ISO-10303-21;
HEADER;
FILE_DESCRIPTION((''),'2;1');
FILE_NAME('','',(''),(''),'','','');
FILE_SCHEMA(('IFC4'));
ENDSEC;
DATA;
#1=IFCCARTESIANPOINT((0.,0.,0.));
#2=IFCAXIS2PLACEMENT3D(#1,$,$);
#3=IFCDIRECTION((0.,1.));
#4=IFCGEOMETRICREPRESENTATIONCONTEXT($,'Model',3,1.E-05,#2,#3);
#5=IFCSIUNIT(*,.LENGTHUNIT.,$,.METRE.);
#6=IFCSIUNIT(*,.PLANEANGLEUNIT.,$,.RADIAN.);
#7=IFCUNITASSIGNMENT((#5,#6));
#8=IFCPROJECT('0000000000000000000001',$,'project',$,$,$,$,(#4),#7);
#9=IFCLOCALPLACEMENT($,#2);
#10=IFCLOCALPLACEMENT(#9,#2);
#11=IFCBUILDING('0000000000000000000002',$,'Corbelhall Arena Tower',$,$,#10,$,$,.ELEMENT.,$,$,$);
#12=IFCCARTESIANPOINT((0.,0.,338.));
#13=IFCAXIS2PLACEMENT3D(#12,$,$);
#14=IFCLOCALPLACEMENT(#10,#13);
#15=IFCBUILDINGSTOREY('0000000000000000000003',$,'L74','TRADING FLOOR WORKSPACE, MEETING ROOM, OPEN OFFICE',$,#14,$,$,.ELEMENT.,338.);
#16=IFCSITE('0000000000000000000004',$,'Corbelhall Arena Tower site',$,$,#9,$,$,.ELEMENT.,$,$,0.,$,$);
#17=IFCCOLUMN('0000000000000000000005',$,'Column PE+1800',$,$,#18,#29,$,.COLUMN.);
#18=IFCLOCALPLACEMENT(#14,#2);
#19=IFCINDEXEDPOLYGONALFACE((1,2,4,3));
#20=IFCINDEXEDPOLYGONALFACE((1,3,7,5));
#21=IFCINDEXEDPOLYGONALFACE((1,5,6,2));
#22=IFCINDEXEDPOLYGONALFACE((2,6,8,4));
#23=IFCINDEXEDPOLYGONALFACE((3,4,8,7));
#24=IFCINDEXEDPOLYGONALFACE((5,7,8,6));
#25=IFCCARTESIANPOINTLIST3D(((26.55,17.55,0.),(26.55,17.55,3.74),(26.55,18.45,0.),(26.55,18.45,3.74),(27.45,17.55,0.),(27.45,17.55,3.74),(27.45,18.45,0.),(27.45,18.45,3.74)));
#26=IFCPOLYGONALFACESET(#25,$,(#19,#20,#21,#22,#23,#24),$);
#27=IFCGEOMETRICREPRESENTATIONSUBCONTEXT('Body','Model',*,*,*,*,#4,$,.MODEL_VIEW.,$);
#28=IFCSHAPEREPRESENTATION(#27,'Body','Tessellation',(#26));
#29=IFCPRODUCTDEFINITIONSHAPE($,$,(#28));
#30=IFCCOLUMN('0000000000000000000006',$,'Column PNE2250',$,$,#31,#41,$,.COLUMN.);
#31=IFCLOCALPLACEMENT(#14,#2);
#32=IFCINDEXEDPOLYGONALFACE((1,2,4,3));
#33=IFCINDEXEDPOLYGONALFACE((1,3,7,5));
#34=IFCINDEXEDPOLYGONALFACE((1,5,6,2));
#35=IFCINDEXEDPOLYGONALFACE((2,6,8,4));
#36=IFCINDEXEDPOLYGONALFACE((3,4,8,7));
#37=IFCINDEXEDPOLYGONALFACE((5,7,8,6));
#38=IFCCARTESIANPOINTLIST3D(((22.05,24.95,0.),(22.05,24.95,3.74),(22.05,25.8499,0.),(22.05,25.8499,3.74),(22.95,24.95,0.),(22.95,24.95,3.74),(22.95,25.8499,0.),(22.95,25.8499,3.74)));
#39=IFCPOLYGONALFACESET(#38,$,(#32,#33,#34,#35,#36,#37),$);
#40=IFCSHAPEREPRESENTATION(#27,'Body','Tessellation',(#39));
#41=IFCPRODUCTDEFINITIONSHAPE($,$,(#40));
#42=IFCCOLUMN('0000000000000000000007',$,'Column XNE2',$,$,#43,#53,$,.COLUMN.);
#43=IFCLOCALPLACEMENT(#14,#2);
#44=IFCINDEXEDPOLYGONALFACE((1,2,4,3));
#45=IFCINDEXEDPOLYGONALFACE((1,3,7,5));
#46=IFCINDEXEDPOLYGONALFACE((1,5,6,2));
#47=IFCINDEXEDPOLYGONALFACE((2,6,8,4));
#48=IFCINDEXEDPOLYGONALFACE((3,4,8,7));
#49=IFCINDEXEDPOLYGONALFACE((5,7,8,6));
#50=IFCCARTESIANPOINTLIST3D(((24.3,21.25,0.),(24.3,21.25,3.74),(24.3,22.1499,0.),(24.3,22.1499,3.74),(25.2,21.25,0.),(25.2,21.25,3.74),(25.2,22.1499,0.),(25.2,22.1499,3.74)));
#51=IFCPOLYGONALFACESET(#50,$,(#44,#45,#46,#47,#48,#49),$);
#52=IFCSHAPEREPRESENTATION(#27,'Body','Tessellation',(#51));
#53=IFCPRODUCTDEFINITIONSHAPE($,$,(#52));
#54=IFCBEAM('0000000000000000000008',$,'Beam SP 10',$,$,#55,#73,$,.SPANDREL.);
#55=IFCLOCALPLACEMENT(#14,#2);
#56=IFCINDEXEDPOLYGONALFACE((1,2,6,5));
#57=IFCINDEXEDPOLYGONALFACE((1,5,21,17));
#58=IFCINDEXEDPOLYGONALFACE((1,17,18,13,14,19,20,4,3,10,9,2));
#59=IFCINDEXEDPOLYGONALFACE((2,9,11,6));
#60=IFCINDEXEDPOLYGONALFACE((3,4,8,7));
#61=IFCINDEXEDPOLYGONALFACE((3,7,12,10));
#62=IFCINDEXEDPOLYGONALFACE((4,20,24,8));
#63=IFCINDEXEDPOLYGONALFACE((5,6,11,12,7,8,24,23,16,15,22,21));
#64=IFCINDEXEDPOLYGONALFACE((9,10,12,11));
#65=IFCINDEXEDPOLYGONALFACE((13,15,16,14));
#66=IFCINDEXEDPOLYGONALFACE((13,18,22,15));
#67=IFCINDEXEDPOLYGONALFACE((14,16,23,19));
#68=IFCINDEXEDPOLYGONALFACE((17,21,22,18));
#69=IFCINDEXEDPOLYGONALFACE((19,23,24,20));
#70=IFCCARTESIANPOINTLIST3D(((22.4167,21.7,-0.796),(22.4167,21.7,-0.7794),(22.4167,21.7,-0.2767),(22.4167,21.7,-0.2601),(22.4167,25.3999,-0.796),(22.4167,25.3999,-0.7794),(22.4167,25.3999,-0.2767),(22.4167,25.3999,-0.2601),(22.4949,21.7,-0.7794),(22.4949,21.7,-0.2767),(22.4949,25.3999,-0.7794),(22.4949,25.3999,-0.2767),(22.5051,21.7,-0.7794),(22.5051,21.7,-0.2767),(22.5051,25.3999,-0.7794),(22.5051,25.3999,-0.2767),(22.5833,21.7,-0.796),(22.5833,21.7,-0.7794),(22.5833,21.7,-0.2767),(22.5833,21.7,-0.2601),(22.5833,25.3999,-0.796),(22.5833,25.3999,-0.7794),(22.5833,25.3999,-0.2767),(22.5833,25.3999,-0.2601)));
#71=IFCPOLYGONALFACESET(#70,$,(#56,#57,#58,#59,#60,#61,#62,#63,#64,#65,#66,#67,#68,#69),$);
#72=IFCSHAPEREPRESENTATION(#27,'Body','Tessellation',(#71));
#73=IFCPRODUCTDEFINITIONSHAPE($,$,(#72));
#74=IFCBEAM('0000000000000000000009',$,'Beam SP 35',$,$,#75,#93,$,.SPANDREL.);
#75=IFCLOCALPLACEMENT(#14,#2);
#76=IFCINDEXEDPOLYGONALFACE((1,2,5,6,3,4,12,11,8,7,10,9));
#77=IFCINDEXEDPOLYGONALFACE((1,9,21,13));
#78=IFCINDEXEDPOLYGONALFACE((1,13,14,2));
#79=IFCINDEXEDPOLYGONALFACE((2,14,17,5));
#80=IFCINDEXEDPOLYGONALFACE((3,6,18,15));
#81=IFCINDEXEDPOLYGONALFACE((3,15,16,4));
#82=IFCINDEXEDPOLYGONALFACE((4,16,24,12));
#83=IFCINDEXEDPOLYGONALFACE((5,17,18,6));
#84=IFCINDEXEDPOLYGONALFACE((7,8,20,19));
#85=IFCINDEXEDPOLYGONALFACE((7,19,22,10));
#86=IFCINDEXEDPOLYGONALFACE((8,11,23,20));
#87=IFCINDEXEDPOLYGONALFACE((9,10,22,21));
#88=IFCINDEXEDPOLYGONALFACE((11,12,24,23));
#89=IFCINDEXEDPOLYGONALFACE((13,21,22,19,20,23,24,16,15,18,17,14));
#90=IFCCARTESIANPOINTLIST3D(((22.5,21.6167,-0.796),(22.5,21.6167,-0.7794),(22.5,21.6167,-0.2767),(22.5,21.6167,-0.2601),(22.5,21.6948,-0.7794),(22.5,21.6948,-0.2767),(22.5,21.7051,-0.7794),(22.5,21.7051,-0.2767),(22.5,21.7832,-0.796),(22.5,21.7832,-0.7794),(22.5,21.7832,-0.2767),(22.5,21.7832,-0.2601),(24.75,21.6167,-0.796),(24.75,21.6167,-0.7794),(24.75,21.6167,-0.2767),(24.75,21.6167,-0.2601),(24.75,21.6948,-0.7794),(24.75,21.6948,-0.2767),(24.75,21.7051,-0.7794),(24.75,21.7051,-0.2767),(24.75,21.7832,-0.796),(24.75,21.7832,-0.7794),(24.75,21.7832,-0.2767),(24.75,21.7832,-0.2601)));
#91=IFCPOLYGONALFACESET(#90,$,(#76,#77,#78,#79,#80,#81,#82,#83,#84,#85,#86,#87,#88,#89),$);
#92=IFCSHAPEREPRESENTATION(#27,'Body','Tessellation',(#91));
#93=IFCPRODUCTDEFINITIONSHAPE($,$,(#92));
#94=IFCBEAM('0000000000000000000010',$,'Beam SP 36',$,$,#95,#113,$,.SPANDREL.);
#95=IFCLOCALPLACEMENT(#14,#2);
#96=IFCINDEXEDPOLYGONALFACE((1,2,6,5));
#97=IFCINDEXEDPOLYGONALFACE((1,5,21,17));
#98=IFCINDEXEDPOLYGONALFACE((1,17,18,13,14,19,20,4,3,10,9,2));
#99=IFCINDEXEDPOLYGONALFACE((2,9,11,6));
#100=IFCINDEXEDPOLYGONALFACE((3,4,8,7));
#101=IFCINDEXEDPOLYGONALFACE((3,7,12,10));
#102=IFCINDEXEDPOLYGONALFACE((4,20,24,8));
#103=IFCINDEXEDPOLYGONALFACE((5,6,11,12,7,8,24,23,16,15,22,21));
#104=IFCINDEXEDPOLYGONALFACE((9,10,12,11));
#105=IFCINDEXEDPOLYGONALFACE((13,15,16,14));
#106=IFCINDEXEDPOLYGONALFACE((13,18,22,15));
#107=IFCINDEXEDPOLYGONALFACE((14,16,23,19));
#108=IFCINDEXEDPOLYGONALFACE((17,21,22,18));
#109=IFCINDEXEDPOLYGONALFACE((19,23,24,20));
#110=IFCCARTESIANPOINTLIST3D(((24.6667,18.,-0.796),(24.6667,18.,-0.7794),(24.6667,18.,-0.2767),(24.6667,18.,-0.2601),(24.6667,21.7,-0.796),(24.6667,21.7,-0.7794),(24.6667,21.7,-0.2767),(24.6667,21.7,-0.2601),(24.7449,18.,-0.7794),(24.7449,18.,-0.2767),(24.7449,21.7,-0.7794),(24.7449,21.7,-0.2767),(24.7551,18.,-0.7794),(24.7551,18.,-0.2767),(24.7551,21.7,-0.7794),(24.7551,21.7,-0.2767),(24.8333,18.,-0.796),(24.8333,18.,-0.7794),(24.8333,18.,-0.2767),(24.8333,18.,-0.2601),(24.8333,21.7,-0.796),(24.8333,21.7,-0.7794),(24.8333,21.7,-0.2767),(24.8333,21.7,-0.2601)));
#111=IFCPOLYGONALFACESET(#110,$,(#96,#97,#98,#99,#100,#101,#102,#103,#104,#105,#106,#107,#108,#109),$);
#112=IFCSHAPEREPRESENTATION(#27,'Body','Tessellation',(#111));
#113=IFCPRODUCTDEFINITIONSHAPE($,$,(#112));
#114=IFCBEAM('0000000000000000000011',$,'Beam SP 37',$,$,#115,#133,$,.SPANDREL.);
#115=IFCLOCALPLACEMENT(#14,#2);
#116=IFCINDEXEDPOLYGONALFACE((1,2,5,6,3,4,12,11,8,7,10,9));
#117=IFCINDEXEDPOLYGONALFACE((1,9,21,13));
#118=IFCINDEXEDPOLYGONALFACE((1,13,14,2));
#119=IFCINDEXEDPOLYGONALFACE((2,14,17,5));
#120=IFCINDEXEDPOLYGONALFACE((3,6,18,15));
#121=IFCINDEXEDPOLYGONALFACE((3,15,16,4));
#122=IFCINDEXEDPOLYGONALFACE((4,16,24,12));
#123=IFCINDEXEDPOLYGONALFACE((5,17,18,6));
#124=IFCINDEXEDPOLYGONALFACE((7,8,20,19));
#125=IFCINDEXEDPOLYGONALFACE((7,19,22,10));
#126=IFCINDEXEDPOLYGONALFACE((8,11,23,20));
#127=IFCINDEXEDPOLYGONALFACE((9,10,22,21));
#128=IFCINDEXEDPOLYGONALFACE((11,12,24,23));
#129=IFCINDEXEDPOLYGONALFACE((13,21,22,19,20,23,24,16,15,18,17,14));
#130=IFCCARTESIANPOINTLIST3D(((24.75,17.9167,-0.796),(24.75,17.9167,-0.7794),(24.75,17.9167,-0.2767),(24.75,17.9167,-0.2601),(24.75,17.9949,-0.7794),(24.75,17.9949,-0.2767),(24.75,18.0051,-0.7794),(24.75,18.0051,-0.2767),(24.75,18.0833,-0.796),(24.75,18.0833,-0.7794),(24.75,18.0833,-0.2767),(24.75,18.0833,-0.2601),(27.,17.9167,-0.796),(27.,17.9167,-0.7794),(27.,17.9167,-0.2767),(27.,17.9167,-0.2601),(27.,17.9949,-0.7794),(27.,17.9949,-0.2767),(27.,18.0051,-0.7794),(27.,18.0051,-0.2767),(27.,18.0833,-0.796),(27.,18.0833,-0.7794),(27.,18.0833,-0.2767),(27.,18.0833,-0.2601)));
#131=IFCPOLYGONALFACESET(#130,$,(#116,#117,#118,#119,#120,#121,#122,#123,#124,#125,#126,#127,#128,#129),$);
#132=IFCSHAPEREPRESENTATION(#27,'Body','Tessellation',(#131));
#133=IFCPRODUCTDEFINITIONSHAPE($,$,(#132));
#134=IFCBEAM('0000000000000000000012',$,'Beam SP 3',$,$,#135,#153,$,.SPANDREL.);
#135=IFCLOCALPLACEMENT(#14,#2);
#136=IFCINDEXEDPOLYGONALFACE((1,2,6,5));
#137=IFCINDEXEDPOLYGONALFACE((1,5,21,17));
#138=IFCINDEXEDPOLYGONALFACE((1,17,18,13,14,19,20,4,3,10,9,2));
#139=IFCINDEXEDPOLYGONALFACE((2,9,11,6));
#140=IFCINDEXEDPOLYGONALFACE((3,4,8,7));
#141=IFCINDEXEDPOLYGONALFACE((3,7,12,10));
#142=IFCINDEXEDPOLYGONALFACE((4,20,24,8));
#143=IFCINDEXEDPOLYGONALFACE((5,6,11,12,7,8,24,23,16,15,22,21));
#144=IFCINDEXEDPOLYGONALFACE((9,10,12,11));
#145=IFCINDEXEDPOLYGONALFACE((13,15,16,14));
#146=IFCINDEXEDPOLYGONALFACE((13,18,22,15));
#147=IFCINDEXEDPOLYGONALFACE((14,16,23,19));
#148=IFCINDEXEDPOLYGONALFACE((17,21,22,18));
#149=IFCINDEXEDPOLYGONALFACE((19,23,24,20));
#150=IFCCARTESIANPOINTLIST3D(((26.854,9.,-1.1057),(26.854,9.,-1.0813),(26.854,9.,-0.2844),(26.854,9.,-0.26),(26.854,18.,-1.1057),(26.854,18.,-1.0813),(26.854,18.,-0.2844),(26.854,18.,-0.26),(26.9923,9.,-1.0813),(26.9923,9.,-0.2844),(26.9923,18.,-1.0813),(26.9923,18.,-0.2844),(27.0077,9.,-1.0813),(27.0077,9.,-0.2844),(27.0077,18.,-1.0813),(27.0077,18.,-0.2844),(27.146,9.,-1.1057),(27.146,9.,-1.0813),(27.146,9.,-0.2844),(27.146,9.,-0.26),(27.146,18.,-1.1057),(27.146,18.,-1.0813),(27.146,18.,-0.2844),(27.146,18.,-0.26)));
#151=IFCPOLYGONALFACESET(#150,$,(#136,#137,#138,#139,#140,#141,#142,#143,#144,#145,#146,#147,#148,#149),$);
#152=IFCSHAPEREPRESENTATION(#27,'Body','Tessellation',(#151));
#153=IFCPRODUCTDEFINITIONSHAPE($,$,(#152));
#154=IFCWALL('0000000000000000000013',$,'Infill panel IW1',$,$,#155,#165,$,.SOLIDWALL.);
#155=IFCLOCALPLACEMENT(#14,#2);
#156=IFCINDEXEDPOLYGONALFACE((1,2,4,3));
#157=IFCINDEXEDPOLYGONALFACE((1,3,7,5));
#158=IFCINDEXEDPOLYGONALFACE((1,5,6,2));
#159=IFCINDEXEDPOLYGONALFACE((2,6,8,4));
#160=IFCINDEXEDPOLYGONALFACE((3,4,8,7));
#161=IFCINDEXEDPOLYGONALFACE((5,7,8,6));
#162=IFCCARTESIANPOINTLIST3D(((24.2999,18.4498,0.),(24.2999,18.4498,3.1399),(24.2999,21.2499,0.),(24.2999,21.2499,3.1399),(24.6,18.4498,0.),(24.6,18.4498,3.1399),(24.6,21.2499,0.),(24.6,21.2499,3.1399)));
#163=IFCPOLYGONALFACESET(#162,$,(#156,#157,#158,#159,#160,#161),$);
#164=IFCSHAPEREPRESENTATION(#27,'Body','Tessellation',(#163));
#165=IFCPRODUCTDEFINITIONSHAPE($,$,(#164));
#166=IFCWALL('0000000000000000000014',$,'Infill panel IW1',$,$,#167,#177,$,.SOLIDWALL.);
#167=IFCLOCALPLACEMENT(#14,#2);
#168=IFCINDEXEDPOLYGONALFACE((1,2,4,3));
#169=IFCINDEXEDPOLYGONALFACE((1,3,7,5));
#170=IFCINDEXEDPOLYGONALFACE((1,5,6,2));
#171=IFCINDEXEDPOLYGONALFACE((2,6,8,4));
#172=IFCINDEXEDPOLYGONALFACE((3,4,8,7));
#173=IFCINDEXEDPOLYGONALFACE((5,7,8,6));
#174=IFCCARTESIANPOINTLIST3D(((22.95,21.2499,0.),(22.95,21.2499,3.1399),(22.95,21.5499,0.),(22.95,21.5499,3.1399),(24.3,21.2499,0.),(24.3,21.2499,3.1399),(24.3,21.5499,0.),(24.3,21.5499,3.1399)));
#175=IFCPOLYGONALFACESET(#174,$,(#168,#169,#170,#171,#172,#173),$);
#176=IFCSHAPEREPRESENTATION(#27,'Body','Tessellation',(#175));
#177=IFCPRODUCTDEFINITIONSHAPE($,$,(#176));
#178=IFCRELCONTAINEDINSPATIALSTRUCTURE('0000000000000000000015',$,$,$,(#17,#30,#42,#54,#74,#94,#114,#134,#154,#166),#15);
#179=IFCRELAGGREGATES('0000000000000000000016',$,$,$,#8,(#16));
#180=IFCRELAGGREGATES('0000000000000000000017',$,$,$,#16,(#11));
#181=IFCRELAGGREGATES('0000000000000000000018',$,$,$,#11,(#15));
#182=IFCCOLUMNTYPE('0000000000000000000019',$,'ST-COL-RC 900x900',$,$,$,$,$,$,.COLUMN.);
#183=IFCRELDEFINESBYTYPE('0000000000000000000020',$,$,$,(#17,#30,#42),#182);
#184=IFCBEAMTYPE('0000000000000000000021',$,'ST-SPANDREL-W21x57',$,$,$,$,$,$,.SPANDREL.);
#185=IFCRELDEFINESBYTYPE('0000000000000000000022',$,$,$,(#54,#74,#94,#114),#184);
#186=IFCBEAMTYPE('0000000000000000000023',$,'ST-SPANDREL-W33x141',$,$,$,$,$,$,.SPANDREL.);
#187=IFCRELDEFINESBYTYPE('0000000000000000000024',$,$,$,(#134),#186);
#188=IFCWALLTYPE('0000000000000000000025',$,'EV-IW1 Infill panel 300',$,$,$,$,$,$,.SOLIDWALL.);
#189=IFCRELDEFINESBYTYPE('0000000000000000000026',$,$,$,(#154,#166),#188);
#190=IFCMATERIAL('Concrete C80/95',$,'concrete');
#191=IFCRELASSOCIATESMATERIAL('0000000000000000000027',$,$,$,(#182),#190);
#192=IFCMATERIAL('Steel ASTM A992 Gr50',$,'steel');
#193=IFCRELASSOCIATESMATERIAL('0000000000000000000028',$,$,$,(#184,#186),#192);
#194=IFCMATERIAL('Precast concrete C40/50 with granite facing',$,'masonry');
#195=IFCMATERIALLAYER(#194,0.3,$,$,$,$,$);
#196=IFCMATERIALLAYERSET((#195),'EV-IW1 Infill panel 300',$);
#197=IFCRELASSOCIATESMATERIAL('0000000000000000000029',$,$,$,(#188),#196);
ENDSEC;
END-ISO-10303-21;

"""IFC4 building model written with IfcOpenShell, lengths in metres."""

from ifc_helpers import new_model, si_unit, direction, frame, frame_2d, origin, origin_2d, place, context, subcontext, project, spatial, rectangle, i_section, extrude, material, layer, layer_set, material_profile, profile_set, type_object, element, save


model = new_model("IFC4")

# Units and contexts
model_context = context("Model", 3, precision=1e-05, world=origin(), true_north=direction((0.0, 1.0)))
body_context = subcontext(model_context, "Body", "Model", "MODEL_VIEW")
ifc_project = project(units=[si_unit("LENGTHUNIT", "METRE"), si_unit("PLANEANGLEUNIT", "RADIAN")], contexts=[model_context])

# Site, building, storey
site_placement = place(None, origin())
site = spatial("IfcSite", under=ifc_project, at=site_placement, Name="Corbelhall Arena Tower site", CompositionType="ELEMENT", RefElevation=0.0)
building_placement = place(site_placement, origin())
building = spatial("IfcBuilding", under=site, at=building_placement, Name="Corbelhall Arena Tower", CompositionType="ELEMENT")
storey_placement = place(building_placement, frame((0.0, 0.0, 338.0)))
storey = spatial("IfcBuildingStorey", under=building, at=storey_placement, Name="L74", Description="TRADING FLOOR WORKSPACE, MEETING ROOM, OPEN OFFICE", CompositionType="ELEMENT", Elevation=338.0)

# Columns
ifc_material_1 = material(Name="Concrete C80/95", Category="concrete")
ifc_material_profile_1 = material_profile(ifc_material_1, rectangle(XDim=0.8999, YDim=0.8999, at=origin_2d()))
ifc_profile_set_1 = profile_set([ifc_material_profile_1], Name="Concrete C80/95")
column_type = type_object("IfcColumnType", Name="ST-COL-RC 900x900", PredefinedType="COLUMN", material=ifc_profile_set_1)
for number, where, z_axis, x_axis, name in (
    (1, (27.0, 18.0, 0.0), (0.0, 0.0, 1.0), (0.0, 1.0, 0.0), "Column PE+1800"),
    (2, (22.5, 25.3999, 0.0), (0.0, 0.0, 1.0), (1.0, 0.0, 0.0), "Column PNE2250"),
    (3, (24.75, 21.7, 0.0), (0.0, 0.0, 1.0), (1.0, 0.0, 0.0), "Column XNE2"),
):
    element("IfcColumn", number, at=place(storey_placement, frame(where, z_axis=z_axis, x_axis=x_axis)), inside=storey, type_object=column_type, Name=name, PredefinedType="COLUMN", context=body_context, shape_type="SweptSolid", body=[
        extrude(rectangle(XDim=0.8999, YDim=0.8999, at=origin_2d()), origin(), (0.0, 0.0, 1.0), 3.74),
    ])

# Beams
ifc_material_2 = material(Name="Steel ASTM A992 Gr50", Category="steel")
ifc_material_profile_2 = material_profile(ifc_material_2, i_section(OverallWidth=0.1665, OverallDepth=0.5359, WebThickness=0.0103, FlangeThickness=0.0166, at=origin_2d()))
ifc_profile_set_2 = profile_set([ifc_material_profile_2], Name="Steel ASTM A992 Gr50")
beam_type_1 = type_object("IfcBeamType", Name="ST-SPANDREL-W21x57", PredefinedType="SPANDREL", material=ifc_profile_set_2)
beam_1_placement = place(storey_placement, frame((22.5, 25.3999, -0.5281), z_axis=(0.0, -1.0, 0.0), x_axis=(1.0, 0.0, 0.0)))
element("IfcBeam", 4, at=beam_1_placement, inside=storey, type_object=beam_type_1, Name="Beam SP 10", PredefinedType="SPANDREL", context=body_context, shape_type="SweptSolid", body=[
    extrude(i_section(OverallWidth=0.1665, OverallDepth=0.5359, WebThickness=0.0103, FlangeThickness=0.0166, at=origin_2d()), origin(), (0.0, 0.0, 1.0), 3.7),
])
beam_2_placement = place(storey_placement, frame((22.5, 21.7, -0.5281), z_axis=(1.0, 0.0, 0.0), x_axis=(0.0, 1.0, 0.0)))
element("IfcBeam", 5, at=beam_2_placement, inside=storey, type_object=beam_type_1, Name="Beam SP 35", PredefinedType="SPANDREL", context=body_context, shape_type="SweptSolid", body=[
    extrude(i_section(OverallWidth=0.1665, OverallDepth=0.5359, WebThickness=0.0103, FlangeThickness=0.0166, at=origin_2d()), origin(), (0.0, 0.0, 1.0), 2.25),
])
beam_3_placement = place(storey_placement, frame((24.75, 21.7, -0.5281), z_axis=(0.0, -1.0, 0.0), x_axis=(1.0, 0.0, 0.0)))
element("IfcBeam", 6, at=beam_3_placement, inside=storey, type_object=beam_type_1, Name="Beam SP 36", PredefinedType="SPANDREL", context=body_context, shape_type="SweptSolid", body=[
    extrude(i_section(OverallWidth=0.1665, OverallDepth=0.5359, WebThickness=0.0103, FlangeThickness=0.0166, at=origin_2d()), origin(), (0.0, 0.0, 1.0), 3.7),
])
beam_4_placement = place(storey_placement, frame((24.75, 18.0, -0.5281), z_axis=(1.0, 0.0, 0.0), x_axis=(0.0, 1.0, 0.0)))
element("IfcBeam", 7, at=beam_4_placement, inside=storey, type_object=beam_type_1, Name="Beam SP 37", PredefinedType="SPANDREL", context=body_context, shape_type="SweptSolid", body=[
    extrude(i_section(OverallWidth=0.1665, OverallDepth=0.5359, WebThickness=0.0103, FlangeThickness=0.0166, at=origin_2d()), origin(), (0.0, 0.0, 1.0), 2.25),
])
ifc_material_profile_3 = material_profile(ifc_material_2, i_section(OverallWidth=0.292, OverallDepth=0.8457, WebThickness=0.0154, FlangeThickness=0.0244, at=origin_2d()))
ifc_profile_set_3 = profile_set([ifc_material_profile_3], Name="Steel ASTM A992 Gr50")
beam_type_2 = type_object("IfcBeamType", Name="ST-SPANDREL-W33x141", PredefinedType="SPANDREL", material=ifc_profile_set_3)
beam_5_placement = place(storey_placement, frame((27.0, 18.0, -0.6829), z_axis=(0.0, -1.0, 0.0), x_axis=(1.0, 0.0, 0.0)))
element("IfcBeam", 8, at=beam_5_placement, inside=storey, type_object=beam_type_2, Name="Beam SP 3", PredefinedType="SPANDREL", context=body_context, shape_type="SweptSolid", body=[
    extrude(i_section(OverallWidth=0.292, OverallDepth=0.8457, WebThickness=0.0154, FlangeThickness=0.0244, at=origin_2d()), origin(), (0.0, 0.0, 1.0), 9.0),
])

# Walls
ifc_material_3 = material(Name="Precast concrete C40/50 with granite facing", Category="masonry")
ifc_layer = layer(ifc_material_3, 0.3)
ifc_layer_set = layer_set([ifc_layer], Name="EV-IW1 Infill panel 300")
wall_type = type_object("IfcWallType", Name="EV-IW1 Infill panel 300", PredefinedType="SOLIDWALL", material=ifc_layer_set)
wall_1_placement = place(storey_placement, frame((24.45, 18.45, 0.0), z_axis=(0.0, 0.0, 1.0), x_axis=(0.0, 1.0, 0.0)))
element("IfcWall", 9, at=wall_1_placement, inside=storey, type_object=wall_type, Name="Infill panel IW1", PredefinedType="SOLIDWALL", context=body_context, shape_type="SweptSolid", body=[
    extrude(rectangle(XDim=2.8, YDim=0.3, at=frame_2d((1.3999, 0.0))), origin(), (0.0, 0.0, 1.0), 3.1399),
])
wall_2_placement = place(storey_placement, frame((24.3, 21.3999, 0.0), z_axis=(0.0, 0.0, 1.0), x_axis=(-1.0, 0.0, 0.0)))
element("IfcWall", 10, at=wall_2_placement, inside=storey, type_object=wall_type, Name="Infill panel IW1", PredefinedType="SOLIDWALL", context=body_context, shape_type="SweptSolid", body=[
    extrude(rectangle(XDim=1.3501, YDim=0.3, at=frame_2d((0.675, 0.0))), origin(), (0.0, 0.0, 1.0), 3.1399),
])

save(model, "model.ifc")
